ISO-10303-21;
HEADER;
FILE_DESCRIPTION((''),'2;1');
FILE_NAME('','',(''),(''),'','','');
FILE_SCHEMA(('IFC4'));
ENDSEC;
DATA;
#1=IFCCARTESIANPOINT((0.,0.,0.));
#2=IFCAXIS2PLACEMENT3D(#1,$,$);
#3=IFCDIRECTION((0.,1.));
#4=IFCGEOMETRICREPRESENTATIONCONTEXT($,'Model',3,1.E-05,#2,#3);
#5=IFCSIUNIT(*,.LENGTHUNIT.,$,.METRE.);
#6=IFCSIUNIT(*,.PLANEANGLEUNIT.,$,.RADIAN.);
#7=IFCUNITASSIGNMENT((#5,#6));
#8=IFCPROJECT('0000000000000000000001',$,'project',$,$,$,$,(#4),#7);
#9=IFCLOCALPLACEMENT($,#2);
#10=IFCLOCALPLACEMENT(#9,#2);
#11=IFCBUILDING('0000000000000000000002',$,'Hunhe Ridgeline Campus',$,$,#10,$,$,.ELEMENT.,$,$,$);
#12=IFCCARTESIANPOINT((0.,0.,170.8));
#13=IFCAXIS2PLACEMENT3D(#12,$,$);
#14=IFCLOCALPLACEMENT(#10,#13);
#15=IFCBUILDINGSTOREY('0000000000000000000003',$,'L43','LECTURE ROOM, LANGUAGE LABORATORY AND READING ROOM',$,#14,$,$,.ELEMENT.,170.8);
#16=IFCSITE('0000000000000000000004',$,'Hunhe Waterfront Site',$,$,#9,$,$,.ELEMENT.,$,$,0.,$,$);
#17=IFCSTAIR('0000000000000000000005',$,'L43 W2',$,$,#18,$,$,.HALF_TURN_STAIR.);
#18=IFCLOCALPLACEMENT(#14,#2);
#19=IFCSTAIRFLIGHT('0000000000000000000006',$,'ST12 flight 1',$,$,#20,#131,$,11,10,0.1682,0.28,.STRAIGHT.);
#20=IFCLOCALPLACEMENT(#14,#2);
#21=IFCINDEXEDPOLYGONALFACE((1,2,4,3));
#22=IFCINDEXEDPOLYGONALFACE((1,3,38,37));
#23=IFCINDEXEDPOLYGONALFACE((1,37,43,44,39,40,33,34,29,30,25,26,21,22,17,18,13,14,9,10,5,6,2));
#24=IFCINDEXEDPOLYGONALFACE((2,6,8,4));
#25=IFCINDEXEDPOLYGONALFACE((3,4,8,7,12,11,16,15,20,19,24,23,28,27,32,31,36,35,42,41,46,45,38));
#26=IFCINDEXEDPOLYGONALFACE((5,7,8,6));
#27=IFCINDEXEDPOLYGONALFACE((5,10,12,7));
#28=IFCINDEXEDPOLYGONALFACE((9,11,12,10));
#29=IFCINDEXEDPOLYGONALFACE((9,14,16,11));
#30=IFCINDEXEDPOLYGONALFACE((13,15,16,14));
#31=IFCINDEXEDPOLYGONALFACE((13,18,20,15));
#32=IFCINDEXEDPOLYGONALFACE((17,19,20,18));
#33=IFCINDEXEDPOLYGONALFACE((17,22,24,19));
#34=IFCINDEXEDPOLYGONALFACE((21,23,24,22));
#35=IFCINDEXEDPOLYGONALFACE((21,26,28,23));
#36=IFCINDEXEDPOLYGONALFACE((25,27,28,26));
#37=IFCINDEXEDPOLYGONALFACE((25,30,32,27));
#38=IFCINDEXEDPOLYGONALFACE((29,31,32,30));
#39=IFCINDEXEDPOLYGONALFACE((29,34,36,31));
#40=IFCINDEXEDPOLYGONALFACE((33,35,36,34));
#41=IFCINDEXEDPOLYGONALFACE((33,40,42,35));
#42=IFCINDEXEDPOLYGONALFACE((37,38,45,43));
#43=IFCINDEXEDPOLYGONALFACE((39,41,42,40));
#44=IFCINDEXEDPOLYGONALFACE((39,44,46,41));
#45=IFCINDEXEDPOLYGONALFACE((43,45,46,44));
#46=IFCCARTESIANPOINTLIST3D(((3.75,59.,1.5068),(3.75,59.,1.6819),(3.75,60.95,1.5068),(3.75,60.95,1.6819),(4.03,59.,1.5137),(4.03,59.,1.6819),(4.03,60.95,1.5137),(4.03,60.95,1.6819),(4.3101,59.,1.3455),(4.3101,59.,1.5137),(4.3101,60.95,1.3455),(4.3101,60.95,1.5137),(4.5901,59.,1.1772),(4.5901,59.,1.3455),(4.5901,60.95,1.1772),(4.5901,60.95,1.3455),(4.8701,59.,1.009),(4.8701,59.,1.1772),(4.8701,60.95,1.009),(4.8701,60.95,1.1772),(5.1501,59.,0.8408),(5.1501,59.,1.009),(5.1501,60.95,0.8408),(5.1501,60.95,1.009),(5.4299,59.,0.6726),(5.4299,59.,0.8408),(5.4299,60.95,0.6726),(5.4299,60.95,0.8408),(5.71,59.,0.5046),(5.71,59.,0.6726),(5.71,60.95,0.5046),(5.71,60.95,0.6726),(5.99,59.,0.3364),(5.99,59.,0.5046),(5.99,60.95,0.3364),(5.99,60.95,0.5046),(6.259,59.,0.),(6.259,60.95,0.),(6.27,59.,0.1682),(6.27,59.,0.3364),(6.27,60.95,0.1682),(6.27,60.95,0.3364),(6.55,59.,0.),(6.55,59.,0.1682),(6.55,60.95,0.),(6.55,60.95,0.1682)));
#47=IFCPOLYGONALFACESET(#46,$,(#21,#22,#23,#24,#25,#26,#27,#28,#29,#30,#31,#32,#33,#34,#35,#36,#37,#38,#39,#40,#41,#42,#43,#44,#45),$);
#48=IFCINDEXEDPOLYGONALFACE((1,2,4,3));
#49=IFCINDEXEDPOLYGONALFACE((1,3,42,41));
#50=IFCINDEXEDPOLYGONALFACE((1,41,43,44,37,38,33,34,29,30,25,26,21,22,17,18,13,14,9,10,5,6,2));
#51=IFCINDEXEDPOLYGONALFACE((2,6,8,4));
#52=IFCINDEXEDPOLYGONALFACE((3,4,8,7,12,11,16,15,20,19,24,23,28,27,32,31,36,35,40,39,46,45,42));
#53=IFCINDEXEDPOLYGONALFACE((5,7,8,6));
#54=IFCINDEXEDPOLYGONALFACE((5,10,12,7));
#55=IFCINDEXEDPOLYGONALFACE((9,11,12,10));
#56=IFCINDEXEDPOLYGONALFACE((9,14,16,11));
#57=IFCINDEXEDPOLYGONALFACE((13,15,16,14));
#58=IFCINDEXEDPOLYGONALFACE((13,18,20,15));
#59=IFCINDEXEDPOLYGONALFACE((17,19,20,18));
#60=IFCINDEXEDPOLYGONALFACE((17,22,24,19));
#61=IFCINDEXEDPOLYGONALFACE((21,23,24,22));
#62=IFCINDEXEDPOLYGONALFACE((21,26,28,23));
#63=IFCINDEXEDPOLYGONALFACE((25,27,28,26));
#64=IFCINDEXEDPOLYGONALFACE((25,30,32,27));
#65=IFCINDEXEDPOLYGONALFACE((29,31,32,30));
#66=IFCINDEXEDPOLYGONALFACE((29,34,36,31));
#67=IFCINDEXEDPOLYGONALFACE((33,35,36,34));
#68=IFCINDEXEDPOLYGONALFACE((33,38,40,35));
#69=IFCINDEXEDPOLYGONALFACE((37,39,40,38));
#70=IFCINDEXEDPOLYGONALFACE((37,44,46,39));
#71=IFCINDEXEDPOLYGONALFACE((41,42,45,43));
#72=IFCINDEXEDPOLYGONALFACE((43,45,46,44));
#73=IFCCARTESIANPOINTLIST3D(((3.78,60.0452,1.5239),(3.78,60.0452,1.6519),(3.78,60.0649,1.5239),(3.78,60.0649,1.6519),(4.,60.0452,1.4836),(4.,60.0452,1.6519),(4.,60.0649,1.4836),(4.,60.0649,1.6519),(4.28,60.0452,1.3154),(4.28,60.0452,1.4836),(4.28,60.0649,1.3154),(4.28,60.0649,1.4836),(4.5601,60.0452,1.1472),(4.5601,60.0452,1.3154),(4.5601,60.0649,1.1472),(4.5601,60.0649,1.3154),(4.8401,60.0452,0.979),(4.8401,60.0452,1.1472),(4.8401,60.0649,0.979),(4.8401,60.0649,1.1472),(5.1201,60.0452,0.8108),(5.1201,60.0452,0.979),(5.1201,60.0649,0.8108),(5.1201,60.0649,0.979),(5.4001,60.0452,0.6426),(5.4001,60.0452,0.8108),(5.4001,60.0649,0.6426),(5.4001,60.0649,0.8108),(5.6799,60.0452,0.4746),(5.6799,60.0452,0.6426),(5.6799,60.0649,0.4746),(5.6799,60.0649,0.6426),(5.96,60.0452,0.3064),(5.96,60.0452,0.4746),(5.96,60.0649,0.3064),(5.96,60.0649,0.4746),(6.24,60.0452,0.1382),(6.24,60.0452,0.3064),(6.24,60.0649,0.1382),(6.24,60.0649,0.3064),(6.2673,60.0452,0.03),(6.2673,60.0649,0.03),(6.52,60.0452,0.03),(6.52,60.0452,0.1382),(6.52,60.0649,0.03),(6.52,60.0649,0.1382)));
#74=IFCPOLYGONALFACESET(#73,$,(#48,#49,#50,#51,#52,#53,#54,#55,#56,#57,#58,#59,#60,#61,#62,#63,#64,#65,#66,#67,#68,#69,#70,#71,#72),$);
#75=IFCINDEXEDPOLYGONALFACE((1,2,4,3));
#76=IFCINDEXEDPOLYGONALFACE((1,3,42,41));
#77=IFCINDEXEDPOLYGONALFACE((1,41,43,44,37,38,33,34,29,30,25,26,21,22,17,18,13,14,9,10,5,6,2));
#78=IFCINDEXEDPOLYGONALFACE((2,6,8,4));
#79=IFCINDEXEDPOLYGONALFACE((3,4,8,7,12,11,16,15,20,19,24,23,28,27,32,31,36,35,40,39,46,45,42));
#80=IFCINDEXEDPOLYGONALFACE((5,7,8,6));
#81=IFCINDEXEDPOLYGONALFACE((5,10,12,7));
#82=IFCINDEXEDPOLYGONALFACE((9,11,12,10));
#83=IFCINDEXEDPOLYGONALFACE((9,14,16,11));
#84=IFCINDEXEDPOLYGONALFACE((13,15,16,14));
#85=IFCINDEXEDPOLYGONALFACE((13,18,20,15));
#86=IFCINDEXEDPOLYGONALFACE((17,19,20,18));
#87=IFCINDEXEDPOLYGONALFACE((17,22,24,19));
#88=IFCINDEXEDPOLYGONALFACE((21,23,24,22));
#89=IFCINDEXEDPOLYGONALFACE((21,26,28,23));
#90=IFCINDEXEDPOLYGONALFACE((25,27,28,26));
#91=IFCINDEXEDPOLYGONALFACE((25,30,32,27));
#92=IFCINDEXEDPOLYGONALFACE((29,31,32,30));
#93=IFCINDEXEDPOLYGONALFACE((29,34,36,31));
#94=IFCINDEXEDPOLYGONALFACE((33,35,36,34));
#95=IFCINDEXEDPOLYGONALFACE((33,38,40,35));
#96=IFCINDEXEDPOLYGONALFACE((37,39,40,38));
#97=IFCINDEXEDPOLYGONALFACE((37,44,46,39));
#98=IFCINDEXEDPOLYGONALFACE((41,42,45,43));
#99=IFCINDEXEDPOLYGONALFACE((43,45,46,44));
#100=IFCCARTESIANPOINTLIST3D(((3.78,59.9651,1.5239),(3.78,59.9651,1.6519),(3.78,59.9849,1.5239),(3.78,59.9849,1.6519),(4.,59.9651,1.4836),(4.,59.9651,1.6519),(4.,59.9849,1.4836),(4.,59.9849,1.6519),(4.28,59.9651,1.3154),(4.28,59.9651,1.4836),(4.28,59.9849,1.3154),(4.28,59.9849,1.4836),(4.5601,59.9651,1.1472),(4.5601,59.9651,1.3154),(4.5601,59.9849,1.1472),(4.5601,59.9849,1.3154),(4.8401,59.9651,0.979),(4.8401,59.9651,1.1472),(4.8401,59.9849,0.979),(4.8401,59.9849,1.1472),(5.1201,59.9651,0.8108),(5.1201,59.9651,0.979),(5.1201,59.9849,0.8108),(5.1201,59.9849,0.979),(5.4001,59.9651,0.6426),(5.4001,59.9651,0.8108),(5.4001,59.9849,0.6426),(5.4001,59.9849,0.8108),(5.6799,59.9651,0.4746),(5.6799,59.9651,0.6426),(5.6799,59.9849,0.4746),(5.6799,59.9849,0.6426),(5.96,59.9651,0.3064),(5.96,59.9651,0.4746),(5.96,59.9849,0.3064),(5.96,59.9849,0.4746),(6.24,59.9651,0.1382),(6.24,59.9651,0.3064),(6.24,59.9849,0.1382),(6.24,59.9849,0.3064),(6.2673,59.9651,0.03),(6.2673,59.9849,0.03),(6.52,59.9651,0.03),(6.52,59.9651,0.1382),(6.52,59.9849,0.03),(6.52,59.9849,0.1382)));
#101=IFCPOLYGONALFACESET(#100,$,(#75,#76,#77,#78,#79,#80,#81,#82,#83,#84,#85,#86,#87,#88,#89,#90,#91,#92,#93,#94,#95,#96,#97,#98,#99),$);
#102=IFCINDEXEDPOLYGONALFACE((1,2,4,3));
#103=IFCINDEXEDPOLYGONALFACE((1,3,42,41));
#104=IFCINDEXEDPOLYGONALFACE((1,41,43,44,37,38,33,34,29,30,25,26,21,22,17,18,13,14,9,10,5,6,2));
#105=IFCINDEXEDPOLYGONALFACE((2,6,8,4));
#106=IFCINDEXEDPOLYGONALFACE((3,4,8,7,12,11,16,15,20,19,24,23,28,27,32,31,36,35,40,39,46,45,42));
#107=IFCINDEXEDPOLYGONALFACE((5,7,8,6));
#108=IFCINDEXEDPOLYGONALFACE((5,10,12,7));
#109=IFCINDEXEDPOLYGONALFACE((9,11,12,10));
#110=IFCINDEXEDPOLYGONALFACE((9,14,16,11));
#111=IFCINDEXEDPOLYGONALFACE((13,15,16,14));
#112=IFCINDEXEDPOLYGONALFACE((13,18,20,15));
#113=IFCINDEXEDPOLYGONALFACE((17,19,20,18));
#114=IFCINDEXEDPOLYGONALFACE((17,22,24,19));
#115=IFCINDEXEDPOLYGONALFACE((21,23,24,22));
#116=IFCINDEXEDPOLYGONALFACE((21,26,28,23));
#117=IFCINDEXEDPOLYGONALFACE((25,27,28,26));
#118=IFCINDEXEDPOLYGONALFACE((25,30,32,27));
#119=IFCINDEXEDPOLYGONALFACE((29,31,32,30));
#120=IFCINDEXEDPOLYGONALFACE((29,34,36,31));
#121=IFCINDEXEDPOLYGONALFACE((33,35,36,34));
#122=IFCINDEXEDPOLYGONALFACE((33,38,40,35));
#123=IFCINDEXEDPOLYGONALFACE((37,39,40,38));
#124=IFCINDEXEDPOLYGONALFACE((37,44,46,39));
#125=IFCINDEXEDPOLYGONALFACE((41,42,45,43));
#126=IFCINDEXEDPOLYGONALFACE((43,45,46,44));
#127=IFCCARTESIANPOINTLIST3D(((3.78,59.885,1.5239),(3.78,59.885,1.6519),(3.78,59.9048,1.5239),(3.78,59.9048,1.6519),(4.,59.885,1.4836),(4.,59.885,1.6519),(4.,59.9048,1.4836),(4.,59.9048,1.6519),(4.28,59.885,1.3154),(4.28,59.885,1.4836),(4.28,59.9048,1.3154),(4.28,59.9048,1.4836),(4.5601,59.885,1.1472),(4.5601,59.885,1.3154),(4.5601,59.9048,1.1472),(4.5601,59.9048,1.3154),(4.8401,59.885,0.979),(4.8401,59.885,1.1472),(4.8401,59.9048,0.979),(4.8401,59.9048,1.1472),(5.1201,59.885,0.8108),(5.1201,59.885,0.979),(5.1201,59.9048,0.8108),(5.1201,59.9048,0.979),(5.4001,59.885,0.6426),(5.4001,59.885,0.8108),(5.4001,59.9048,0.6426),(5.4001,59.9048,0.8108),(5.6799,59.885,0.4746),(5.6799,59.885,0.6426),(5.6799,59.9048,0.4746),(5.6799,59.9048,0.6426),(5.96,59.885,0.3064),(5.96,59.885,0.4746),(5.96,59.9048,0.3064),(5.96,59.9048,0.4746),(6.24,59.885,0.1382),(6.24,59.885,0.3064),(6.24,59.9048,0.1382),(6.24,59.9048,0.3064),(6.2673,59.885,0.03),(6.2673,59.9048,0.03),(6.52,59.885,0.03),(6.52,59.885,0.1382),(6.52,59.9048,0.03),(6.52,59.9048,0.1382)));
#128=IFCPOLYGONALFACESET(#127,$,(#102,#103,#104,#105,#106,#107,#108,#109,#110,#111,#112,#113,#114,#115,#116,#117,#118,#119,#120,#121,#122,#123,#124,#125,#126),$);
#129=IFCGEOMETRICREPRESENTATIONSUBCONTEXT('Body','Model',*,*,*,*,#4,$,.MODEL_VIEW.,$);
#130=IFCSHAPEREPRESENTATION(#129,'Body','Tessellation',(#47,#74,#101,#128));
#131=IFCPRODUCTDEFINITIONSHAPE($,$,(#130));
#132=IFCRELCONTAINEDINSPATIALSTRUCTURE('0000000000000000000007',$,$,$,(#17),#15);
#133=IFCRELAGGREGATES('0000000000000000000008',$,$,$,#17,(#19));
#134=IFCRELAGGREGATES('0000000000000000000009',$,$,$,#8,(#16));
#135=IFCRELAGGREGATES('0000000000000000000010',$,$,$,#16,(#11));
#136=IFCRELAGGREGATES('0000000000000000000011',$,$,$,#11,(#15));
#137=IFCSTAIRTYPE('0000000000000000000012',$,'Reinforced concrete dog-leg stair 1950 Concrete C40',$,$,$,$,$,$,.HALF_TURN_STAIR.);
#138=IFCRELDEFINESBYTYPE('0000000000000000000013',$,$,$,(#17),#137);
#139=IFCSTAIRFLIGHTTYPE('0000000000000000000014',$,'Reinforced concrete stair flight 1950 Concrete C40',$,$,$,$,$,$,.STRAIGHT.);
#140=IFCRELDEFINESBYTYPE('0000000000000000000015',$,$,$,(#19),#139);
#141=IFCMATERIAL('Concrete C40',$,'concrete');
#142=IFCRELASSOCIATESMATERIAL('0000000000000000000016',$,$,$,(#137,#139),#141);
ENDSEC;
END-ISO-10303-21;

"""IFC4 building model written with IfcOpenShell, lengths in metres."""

from ifc_helpers import new_model, si_unit, direction, frame, origin, place, context, subcontext, project, spatial, polyline, outline, extrude, material, type_object, element, aggregate, save


model = new_model("IFC4")

# Units and contexts
model_context = context("Model", 3, precision=1e-05, world=origin(), true_north=direction((0.0, 1.0)))
body_context = subcontext(model_context, "Body", "Model", "MODEL_VIEW")
ifc_project = project(units=[si_unit("LENGTHUNIT", "METRE"), si_unit("PLANEANGLEUNIT", "RADIAN")], contexts=[model_context])

# Site, building, storey
site_placement = place(None, origin())
site = spatial("IfcSite", under=ifc_project, at=site_placement, Name="Hunhe Waterfront Site", CompositionType="ELEMENT", RefElevation=0.0)
building_placement = place(site_placement, origin())
building = spatial("IfcBuilding", under=site, at=building_placement, Name="Hunhe Ridgeline Campus", CompositionType="ELEMENT")
storey_placement = place(building_placement, frame((0.0, 0.0, 170.8)))
storey = spatial("IfcBuildingStorey", under=building, at=storey_placement, Name="L43", Description="LECTURE ROOM, LANGUAGE LABORATORY AND READING ROOM", CompositionType="ELEMENT", Elevation=170.8)

# Stair, stair flight
ifc_material_1 = material(Name="Concrete C40", Category="concrete")
stair_type = type_object("IfcStairType", Name="Reinforced concrete dog-leg stair 1950 Concrete C40", PredefinedType="HALF_TURN_STAIR", material=ifc_material_1)
stair_flight_type = type_object("IfcStairFlightType", Name="Reinforced concrete stair flight 1950 Concrete C40", PredefinedType="STRAIGHT", material=ifc_material_1)
stair_1_placement = place(storey_placement, origin())
stair_1 = element("IfcStair", 1, at=stair_1_placement, inside=storey, type_object=stair_type, Name="L43 W2", PredefinedType="HALF_TURN_STAIR")
stair_flight_1_placement = place(storey_placement, frame((6.55, 59.9751, 0.0), z_axis=(0.0, 0.0, 1.0), x_axis=(-1.0, 0.0, 0.0)))
stair_flight_1 = element("IfcStairFlight", 2, at=stair_flight_1_placement, type_object=stair_flight_type, Name="ST12 flight 1", NumberOfRisers=11, NumberOfTreads=10, PredefinedType="STRAIGHT", RiserHeight=0.1682, TreadLength=0.28, context=body_context, shape_type="SweptSolid", body=[
    extrude(outline(polyline([(0.0, 0.0), (0.0, 0.1682), (0.28, 0.1682), (0.28, 0.3364), (0.5601, 0.3364), (0.5601, 0.5046), (0.8401, 0.5046), (0.8401, 0.6726), (1.1201, 0.6726), (1.1201, 0.8408), (1.3999, 0.8408), (1.3999, 1.009), (1.6799, 1.009), (1.6799, 1.1772), (1.96, 1.1772), (1.96, 1.3455), (2.24, 1.3455), (2.24, 1.5137), (2.52, 1.5137), (2.52, 1.6819), (2.8, 1.6819), (2.8, 1.8501), (2.8, 1.5068), (0.291, 0.0), (0.0, 0.0)])), frame((0.0, 0.9751, 0.0), z_axis=(0.0, -1.0, 0.0), x_axis=(1.0, 0.0, 0.0)), (0.0, 0.0, 1.0), 1.95),
    extrude(outline(polyline([(0.03, 0.03), (0.03, 0.1382), (0.3101, 0.1382), (0.3101, 0.3064), (0.5901, 0.3064), (0.5901, 0.4746), (0.8701, 0.4746), (0.8701, 0.6426), (1.1499, 0.6426), (1.1499, 0.8108), (1.4299, 0.8108), (1.4299, 0.979), (1.71, 0.979), (1.71, 1.1472), (1.99, 1.1472), (1.99, 1.3154), (2.27, 1.3154), (2.27, 1.4836), (2.55, 1.4836), (2.55, 1.6519), (2.77, 1.6519), (2.77, 1.5239), (0.2827, 0.03), (0.03, 0.03)])), frame((0.0, -0.0701, 0.0), z_axis=(0.0, -1.0, 0.0), x_axis=(1.0, 0.0, 0.0)), (0.0, 0.0, 1.0), 0.0198),
    extrude(outline(polyline([(0.03, 0.03), (0.03, 0.1382), (0.3101, 0.1382), (0.3101, 0.3064), (0.5901, 0.3064), (0.5901, 0.4746), (0.8701, 0.4746), (0.8701, 0.6426), (1.1499, 0.6426), (1.1499, 0.8108), (1.4299, 0.8108), (1.4299, 0.979), (1.71, 0.979), (1.71, 1.1472), (1.99, 1.1472), (1.99, 1.3154), (2.27, 1.3154), (2.27, 1.4836), (2.55, 1.4836), (2.55, 1.6519), (2.77, 1.6519), (2.77, 1.5239), (0.2827, 0.03), (0.03, 0.03)])), frame((0.0, 0.01, 0.0), z_axis=(0.0, -1.0, 0.0), x_axis=(1.0, 0.0, 0.0)), (0.0, 0.0, 1.0), 0.0198),
    extrude(outline(polyline([(0.03, 0.03), (0.03, 0.1382), (0.3101, 0.1382), (0.3101, 0.3064), (0.5901, 0.3064), (0.5901, 0.4746), (0.8701, 0.4746), (0.8701, 0.6426), (1.1499, 0.6426), (1.1499, 0.8108), (1.4299, 0.8108), (1.4299, 0.979), (1.71, 0.979), (1.71, 1.1472), (1.99, 1.1472), (1.99, 1.3154), (2.27, 1.3154), (2.27, 1.4836), (2.55, 1.4836), (2.55, 1.6519), (2.77, 1.6519), (2.77, 1.5239), (0.2827, 0.03), (0.03, 0.03)])), frame((0.0, 0.0901, 0.0), z_axis=(0.0, -1.0, 0.0), x_axis=(1.0, 0.0, 0.0)), (0.0, 0.0, 1.0), 0.0198),
])
aggregate(stair_1, [stair_flight_1])

save(model, "model.ifc")
